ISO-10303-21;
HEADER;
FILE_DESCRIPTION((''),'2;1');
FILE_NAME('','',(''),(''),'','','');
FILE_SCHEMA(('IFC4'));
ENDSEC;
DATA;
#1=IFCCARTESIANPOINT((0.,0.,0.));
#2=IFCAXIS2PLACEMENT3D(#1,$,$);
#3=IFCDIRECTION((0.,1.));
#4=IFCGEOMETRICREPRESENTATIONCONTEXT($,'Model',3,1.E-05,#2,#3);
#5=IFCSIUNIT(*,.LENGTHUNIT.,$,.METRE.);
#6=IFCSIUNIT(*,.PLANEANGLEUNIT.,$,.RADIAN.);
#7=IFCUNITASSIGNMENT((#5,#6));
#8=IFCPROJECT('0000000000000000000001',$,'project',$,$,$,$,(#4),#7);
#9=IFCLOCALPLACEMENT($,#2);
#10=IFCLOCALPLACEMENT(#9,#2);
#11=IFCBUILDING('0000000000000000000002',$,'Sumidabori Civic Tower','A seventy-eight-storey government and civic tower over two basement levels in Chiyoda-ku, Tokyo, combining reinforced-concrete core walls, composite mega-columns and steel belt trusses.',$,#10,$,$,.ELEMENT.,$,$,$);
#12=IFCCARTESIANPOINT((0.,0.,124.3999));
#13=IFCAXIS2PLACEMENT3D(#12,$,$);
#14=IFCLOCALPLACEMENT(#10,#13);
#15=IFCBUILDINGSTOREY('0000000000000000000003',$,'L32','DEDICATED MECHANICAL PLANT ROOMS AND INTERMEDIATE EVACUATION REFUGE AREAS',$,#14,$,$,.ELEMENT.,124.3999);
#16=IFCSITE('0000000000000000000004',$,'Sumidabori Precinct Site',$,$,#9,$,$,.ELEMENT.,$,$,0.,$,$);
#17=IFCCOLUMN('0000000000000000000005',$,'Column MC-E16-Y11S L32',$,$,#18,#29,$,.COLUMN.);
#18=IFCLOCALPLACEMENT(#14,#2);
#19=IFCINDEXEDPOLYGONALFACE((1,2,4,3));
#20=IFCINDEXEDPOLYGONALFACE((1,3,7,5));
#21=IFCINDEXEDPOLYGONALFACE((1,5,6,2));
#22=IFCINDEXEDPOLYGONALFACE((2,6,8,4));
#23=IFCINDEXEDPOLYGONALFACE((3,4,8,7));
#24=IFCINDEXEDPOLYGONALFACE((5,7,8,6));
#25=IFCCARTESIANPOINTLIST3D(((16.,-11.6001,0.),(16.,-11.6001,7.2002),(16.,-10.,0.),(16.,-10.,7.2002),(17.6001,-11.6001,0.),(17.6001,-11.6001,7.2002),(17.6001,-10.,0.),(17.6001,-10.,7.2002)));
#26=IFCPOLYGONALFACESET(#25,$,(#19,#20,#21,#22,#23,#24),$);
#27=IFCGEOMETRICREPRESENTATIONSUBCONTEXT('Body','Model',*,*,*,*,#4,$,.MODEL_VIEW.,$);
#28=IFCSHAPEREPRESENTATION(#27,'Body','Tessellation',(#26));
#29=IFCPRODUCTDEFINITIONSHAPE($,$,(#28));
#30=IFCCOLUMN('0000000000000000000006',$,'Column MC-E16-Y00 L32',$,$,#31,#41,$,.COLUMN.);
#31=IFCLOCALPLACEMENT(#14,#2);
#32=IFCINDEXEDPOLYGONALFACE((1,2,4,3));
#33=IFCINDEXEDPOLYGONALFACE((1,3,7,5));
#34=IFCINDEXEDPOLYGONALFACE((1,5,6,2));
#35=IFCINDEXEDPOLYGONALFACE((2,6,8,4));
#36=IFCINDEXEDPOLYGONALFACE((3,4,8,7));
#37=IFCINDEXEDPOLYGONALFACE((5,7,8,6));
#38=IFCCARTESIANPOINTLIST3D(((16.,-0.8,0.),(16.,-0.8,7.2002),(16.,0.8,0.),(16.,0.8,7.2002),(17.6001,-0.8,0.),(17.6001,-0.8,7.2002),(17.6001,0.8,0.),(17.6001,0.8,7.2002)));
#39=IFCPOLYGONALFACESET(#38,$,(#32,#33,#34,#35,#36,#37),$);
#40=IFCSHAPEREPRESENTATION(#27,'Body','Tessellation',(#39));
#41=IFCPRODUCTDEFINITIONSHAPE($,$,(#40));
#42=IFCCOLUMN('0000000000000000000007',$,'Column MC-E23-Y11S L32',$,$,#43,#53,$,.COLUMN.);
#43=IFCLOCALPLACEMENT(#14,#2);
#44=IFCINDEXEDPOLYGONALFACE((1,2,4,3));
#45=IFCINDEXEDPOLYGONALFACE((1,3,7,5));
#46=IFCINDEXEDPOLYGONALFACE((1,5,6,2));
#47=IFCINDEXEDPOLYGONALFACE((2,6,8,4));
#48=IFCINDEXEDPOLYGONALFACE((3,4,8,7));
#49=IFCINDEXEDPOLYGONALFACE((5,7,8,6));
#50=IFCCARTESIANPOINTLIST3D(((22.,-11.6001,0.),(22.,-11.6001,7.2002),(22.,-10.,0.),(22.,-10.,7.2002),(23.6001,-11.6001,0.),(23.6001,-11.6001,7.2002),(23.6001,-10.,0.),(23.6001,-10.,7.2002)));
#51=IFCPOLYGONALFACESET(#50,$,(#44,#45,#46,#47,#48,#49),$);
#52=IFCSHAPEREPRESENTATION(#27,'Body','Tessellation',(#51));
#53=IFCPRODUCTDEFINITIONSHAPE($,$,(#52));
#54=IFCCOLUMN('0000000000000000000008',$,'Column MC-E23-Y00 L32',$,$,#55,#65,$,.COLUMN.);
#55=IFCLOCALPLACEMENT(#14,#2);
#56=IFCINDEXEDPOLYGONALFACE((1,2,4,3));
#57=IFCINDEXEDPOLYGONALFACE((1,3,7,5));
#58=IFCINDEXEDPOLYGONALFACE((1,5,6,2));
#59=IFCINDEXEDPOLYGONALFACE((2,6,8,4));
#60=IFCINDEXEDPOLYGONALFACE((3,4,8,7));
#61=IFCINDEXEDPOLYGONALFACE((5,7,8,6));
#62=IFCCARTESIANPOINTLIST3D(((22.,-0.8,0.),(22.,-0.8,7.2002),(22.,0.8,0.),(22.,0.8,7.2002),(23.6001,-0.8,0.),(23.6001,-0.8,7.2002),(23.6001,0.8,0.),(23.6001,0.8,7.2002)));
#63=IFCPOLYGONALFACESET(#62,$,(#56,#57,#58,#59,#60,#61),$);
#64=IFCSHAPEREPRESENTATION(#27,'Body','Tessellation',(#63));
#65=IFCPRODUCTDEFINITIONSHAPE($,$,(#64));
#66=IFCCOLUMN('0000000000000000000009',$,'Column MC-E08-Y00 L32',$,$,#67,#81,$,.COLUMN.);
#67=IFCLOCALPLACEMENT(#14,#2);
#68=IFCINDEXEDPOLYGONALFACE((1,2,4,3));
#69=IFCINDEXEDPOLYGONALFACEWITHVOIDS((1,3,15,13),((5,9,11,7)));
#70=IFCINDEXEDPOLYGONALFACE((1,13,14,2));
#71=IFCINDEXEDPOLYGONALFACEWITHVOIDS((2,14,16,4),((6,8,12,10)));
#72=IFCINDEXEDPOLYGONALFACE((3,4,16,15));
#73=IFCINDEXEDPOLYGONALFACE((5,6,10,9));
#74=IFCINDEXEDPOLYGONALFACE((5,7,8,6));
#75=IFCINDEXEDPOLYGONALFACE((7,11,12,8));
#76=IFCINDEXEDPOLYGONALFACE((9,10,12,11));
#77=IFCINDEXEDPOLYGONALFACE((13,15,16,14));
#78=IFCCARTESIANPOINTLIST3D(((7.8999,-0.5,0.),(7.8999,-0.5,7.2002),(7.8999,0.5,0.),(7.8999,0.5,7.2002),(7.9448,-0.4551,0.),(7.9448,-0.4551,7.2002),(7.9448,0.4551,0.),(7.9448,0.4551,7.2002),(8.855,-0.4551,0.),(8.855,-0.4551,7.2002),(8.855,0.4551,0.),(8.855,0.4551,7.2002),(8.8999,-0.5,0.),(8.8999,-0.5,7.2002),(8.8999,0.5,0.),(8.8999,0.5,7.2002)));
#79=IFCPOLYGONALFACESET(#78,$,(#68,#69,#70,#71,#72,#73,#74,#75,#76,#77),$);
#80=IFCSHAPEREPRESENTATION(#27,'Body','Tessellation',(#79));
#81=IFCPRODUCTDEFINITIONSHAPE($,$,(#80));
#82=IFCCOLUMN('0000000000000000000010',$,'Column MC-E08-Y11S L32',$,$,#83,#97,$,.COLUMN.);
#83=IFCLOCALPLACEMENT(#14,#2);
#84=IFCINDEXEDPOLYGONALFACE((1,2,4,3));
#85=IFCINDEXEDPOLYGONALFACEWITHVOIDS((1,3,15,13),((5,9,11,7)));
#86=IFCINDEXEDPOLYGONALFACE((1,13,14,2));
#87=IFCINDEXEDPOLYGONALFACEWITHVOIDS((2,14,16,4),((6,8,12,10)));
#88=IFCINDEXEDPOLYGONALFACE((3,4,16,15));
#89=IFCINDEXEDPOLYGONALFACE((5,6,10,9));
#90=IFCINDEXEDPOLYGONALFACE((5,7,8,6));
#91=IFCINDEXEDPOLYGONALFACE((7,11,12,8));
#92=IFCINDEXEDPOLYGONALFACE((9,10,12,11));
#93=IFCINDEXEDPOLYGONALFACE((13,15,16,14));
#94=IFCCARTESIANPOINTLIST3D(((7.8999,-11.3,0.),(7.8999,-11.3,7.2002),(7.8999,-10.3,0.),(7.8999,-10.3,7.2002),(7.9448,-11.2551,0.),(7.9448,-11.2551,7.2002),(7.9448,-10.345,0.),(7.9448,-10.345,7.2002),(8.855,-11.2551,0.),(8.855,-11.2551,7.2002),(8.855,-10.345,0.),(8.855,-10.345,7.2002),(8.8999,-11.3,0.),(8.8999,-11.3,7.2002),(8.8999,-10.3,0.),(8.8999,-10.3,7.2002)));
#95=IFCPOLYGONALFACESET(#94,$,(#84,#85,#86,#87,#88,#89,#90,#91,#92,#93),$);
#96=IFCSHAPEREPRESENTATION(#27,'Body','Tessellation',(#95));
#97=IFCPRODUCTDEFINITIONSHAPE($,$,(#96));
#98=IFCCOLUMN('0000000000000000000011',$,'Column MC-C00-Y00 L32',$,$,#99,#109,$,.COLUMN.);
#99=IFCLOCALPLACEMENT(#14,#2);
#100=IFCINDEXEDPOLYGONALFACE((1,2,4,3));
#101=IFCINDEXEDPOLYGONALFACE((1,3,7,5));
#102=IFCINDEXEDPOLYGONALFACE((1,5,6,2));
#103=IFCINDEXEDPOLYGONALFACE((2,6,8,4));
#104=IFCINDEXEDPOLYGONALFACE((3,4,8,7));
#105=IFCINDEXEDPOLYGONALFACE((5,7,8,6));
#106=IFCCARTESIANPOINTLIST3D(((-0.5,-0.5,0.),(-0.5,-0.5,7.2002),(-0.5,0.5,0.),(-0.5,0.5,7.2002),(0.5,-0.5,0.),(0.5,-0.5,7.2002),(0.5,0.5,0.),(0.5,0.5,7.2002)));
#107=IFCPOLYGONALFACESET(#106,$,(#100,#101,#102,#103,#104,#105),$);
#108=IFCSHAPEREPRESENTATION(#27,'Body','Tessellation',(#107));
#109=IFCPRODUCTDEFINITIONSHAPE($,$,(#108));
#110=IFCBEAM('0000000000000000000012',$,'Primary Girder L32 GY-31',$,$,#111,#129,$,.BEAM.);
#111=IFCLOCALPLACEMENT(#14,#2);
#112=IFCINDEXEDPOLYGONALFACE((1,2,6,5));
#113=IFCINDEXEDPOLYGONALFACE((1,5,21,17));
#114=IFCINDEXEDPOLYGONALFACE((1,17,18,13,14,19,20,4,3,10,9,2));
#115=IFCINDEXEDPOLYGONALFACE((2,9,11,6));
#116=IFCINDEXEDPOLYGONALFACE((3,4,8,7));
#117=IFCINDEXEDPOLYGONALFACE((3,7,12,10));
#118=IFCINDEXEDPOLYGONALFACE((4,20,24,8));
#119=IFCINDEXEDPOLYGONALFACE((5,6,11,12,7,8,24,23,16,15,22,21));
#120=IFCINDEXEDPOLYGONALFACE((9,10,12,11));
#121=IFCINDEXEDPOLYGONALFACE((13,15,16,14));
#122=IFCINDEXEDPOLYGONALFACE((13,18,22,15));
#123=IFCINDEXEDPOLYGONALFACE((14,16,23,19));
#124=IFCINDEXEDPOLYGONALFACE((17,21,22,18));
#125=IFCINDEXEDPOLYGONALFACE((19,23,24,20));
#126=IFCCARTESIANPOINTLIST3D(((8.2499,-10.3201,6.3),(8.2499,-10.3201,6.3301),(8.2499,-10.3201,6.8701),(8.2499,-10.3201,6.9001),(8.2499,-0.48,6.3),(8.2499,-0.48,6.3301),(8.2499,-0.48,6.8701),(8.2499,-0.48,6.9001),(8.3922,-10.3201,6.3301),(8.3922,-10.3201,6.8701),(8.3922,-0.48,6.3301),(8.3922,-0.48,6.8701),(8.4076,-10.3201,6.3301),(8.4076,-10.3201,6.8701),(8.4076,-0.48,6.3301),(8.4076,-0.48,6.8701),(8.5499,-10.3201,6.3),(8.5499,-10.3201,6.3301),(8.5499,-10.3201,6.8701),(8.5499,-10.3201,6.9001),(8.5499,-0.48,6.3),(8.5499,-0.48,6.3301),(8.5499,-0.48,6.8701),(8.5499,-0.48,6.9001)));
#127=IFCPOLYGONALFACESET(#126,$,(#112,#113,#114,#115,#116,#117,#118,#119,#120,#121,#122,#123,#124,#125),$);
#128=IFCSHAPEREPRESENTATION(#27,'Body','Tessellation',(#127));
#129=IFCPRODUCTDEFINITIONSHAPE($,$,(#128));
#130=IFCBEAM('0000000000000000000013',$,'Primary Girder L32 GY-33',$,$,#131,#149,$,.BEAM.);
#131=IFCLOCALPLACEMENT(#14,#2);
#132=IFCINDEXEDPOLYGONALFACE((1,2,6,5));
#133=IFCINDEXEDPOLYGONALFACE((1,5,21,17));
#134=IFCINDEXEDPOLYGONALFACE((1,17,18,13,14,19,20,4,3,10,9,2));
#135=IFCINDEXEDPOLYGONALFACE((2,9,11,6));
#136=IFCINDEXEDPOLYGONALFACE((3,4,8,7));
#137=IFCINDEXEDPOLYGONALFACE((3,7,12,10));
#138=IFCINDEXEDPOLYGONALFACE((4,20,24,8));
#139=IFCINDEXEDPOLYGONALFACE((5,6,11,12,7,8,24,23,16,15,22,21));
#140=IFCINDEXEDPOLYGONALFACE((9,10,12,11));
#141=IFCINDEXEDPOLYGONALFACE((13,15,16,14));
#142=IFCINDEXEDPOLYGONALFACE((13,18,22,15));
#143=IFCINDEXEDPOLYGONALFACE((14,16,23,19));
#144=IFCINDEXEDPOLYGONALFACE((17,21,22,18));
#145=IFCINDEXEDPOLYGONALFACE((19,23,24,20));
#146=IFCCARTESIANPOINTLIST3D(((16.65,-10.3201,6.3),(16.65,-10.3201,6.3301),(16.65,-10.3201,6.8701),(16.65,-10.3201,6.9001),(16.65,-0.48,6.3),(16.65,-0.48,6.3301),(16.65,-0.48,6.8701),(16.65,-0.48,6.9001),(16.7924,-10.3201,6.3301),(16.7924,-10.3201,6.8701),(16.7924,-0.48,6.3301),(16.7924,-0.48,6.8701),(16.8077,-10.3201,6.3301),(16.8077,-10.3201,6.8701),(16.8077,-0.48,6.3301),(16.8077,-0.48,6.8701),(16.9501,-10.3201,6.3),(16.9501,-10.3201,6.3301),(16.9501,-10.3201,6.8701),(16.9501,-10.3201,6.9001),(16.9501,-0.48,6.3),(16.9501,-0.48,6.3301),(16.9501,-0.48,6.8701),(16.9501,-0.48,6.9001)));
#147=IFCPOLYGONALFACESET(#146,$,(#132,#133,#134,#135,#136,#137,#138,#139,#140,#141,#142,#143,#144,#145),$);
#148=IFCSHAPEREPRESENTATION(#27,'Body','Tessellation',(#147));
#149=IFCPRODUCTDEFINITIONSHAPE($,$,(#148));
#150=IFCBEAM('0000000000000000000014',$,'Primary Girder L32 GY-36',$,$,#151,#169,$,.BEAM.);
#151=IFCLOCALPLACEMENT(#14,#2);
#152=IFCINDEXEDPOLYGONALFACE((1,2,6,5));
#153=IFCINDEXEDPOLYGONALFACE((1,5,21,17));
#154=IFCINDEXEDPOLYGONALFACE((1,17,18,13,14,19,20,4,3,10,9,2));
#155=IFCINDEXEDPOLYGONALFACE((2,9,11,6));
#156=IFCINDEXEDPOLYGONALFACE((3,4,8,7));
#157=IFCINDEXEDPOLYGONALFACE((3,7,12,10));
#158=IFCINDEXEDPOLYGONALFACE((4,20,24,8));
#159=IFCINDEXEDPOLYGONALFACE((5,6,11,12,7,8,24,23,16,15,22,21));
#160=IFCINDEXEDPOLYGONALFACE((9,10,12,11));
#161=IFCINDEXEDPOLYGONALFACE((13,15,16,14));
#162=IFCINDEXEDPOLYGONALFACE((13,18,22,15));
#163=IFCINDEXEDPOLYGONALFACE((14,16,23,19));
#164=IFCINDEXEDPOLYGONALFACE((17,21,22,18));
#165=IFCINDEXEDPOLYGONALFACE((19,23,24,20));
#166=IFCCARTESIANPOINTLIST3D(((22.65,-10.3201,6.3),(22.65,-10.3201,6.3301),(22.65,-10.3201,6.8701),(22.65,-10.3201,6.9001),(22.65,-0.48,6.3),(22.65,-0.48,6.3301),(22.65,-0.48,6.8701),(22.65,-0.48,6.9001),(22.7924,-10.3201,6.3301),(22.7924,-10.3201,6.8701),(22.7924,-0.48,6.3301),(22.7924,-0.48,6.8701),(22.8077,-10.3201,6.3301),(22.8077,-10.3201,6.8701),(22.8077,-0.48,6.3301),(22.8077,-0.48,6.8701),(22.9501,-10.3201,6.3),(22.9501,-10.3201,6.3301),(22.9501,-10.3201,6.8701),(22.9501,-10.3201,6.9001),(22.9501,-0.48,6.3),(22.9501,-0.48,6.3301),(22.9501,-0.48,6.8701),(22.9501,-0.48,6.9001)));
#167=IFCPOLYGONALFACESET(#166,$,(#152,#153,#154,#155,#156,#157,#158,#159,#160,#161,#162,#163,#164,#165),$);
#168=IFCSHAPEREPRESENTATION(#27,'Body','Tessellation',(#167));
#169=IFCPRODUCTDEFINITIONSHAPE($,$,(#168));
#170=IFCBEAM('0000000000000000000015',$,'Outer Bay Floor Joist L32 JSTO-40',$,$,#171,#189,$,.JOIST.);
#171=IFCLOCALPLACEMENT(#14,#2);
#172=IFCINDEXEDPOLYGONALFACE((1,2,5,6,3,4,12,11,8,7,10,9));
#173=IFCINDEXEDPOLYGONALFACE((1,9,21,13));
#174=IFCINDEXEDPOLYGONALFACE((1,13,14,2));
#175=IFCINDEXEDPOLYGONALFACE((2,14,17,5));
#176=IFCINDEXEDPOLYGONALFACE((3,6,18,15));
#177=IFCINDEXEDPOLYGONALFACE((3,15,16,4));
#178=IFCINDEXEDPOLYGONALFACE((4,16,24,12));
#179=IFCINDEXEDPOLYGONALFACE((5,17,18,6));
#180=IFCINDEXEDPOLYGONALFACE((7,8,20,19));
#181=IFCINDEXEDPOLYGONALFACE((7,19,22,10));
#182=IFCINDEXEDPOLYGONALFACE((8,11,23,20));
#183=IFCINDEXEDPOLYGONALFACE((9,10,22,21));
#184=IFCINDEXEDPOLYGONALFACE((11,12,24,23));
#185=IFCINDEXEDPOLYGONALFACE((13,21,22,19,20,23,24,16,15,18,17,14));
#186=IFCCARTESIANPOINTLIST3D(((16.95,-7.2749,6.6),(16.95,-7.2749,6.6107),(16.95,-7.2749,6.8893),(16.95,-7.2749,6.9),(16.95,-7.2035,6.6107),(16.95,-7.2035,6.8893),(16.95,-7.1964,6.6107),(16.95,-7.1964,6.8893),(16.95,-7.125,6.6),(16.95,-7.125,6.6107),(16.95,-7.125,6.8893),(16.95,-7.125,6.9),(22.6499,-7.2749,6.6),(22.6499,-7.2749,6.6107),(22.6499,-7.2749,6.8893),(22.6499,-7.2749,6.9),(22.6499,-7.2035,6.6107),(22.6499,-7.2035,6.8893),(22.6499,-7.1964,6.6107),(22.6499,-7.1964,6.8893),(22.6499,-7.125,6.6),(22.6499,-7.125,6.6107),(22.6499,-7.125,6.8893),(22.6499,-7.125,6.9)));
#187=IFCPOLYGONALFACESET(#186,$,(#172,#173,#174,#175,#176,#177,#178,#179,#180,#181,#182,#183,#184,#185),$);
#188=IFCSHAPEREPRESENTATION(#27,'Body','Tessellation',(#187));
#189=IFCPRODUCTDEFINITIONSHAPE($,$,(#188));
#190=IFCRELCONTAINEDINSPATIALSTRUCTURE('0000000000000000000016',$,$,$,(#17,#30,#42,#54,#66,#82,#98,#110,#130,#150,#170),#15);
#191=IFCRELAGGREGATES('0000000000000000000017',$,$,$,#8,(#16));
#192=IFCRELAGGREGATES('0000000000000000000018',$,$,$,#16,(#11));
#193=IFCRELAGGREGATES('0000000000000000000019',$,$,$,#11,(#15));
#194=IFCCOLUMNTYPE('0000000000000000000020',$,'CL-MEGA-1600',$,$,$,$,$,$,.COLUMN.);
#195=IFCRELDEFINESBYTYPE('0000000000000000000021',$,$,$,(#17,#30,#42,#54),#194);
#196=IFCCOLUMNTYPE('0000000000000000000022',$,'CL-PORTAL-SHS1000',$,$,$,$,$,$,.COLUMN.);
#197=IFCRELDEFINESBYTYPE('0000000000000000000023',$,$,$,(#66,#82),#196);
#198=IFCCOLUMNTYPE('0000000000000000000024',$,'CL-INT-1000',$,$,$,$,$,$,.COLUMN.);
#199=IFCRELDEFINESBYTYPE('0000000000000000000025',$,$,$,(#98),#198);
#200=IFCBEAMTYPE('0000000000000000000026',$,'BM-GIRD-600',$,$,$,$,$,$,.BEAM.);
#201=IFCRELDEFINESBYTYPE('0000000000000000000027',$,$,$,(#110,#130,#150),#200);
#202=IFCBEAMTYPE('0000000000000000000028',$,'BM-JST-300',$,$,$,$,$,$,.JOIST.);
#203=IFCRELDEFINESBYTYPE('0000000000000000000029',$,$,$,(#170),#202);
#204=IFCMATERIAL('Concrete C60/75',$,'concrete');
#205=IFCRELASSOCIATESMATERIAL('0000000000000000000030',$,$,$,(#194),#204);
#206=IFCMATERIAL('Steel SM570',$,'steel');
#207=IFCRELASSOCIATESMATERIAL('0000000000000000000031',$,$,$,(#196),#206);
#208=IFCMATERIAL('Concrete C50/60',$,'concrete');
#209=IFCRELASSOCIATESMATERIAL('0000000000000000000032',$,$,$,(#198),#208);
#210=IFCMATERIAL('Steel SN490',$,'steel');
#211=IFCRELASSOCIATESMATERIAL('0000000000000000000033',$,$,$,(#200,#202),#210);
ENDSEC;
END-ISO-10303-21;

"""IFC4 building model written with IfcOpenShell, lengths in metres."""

from ifc_helpers import new_model, si_unit, direction, frame, origin, origin_with_axes, origin_2d, place, context, subcontext, project, spatial, rectangle, hollow_rectangle, i_section, extrude, source, transform, mapped, material, material_profile, profile_set, type_object, element, save


model = new_model("IFC4")

# Units and contexts
model_context = context("Model", 3, precision=1e-05, world=origin(), true_north=direction((0.0, 1.0)))
body_context = subcontext(model_context, "Body", "Model", "MODEL_VIEW")
ifc_project = project(units=[si_unit("LENGTHUNIT", "METRE"), si_unit("PLANEANGLEUNIT", "RADIAN")], contexts=[model_context])

# Site, building, storey
site_placement = place(None, origin())
site = spatial("IfcSite", under=ifc_project, at=site_placement, Name="Sumidabori Precinct Site", CompositionType="ELEMENT", RefElevation=0.0)
building_placement = place(site_placement, origin())
building = spatial("IfcBuilding", under=site, at=building_placement, Name="Sumidabori Civic Tower", Description="A seventy-eight-storey government and civic tower over two basement levels in Chiyoda-ku, Tokyo, combining reinforced-concrete core walls, composite mega-columns and steel belt trusses.", CompositionType="ELEMENT")
storey_placement = place(building_placement, frame((0.0, 0.0, 124.3999)))
storey = spatial("IfcBuildingStorey", under=building, at=storey_placement, Name="L32", Description="DEDICATED MECHANICAL PLANT ROOMS AND INTERMEDIATE EVACUATION REFUGE AREAS", CompositionType="ELEMENT", Elevation=124.3999)

# Columns
ifc_material_1 = material(Name="Concrete C60/75", Category="concrete")
ifc_material_profile_1 = material_profile(ifc_material_1, rectangle(XDim=1.6001, YDim=1.6001, at=origin_2d()), Name="RC 1600x1600")
ifc_profile_set_1 = profile_set([ifc_material_profile_1], Name="Concrete C60/75")
column_type_1 = type_object("IfcColumnType", Name="CL-MEGA-1600", PredefinedType="COLUMN", material=ifc_profile_set_1)
shared_shape_1 = source(origin(), body_context, "Body", "SweptSolid", [
    extrude(rectangle(XDim=1.6001, YDim=1.6001, at=origin_2d()), origin(), (0.0, 0.0, 1.0), 7.2002),
])
for number, where, z_axis, x_axis, name in (
    (1, (16.8, -10.8, 0.0), (0.0, 0.0, 1.0), (1.0, 0.0, 0.0), "Column MC-E16-Y11S L32"),
    (2, (16.8, 0.0, 0.0), (0.0, 0.0, 1.0), (1.0, 0.0, 0.0), "Column MC-E16-Y00 L32"),
    (3, (22.8, -10.8, 0.0), (0.0, 0.0, 1.0), (1.0, 0.0, 0.0), "Column MC-E23-Y11S L32"),
    (4, (22.8, 0.0, 0.0), (0.0, 0.0, 1.0), (1.0, 0.0, 0.0), "Column MC-E23-Y00 L32"),
):
    element("IfcColumn", number, at=place(storey_placement, frame(where, z_axis=z_axis, x_axis=x_axis)), inside=storey, type_object=column_type_1, Name=name, PredefinedType="COLUMN", context=body_context, shape_type="MappedRepresentation", body=[
        mapped(shared_shape_1, transform((0.0, 0.0, 0.0), x_axis=(1.0, 0.0, 0.0), y_axis=(0.0, 1.0, 0.0), z_axis=(0.0, 0.0, 1.0), scale=1.0)),
    ])
ifc_material_2 = material(Name="Steel SM570", Category="steel")
ifc_material_profile_2 = material_profile(ifc_material_2, hollow_rectangle(XDim=1.0, YDim=1.0, WallThickness=0.0449, at=origin_2d()), Name="SHS 1000x1000x45")
ifc_profile_set_2 = profile_set([ifc_material_profile_2], Name="Steel SM570")
column_type_2 = type_object("IfcColumnType", Name="CL-PORTAL-SHS1000", PredefinedType="COLUMN", material=ifc_profile_set_2)
shared_shape_2 = source(origin(), body_context, "Body", "SweptSolid", [
    extrude(hollow_rectangle(XDim=1.0, YDim=1.0, WallThickness=0.0449, at=origin_2d()), origin(), (0.0, 0.0, 1.0), 7.2002),
])
for number, where, z_axis, x_axis, name in (
    (5, (8.3999, 0.0, 0.0), (0.0, 0.0, 1.0), (1.0, 0.0, 0.0), "Column MC-E08-Y00 L32"),
    (6, (8.3999, -10.8, 0.0), (0.0, 0.0, 1.0), (1.0, 0.0, 0.0), "Column MC-E08-Y11S L32"),
):
    element("IfcColumn", number, at=place(storey_placement, frame(where, z_axis=z_axis, x_axis=x_axis)), inside=storey, type_object=column_type_2, Name=name, PredefinedType="COLUMN", context=body_context, shape_type="MappedRepresentation", body=[
        mapped(shared_shape_2, transform((0.0, 0.0, 0.0), x_axis=(1.0, 0.0, 0.0), y_axis=(0.0, 1.0, 0.0), z_axis=(0.0, 0.0, 1.0), scale=1.0)),
    ])
ifc_material_3 = material(Name="Concrete C50/60", Category="concrete")
ifc_material_profile_3 = material_profile(ifc_material_3, rectangle(XDim=1.0, YDim=1.0, at=origin_2d()), Name="RC 1000x1000")
ifc_profile_set_3 = profile_set([ifc_material_profile_3], Name="Concrete C50/60")
column_type_3 = type_object("IfcColumnType", Name="CL-INT-1000", PredefinedType="COLUMN", material=ifc_profile_set_3)
shared_shape_3 = source(origin(), body_context, "Body", "SweptSolid", [
    extrude(rectangle(XDim=1.0, YDim=1.0, at=origin_2d()), origin(), (0.0, 0.0, 1.0), 7.2002),
])
column_placement = place(storey_placement, origin_with_axes())
element("IfcColumn", 7, at=column_placement, inside=storey, type_object=column_type_3, Name="Column MC-C00-Y00 L32", PredefinedType="COLUMN", context=body_context, shape_type="MappedRepresentation", body=[
    mapped(shared_shape_3, transform((0.0, 0.0, 0.0), x_axis=(1.0, 0.0, 0.0), y_axis=(0.0, 1.0, 0.0), z_axis=(0.0, 0.0, 1.0), scale=1.0)),
])

# Beams
ifc_material_4 = material(Name="Steel SN490", Category="steel")
ifc_material_profile_4 = material_profile(ifc_material_4, i_section(OverallWidth=0.3, OverallDepth=0.6001, WebThickness=0.0154, FlangeThickness=0.03, at=origin_2d()), Name="HE 600 B")
ifc_profile_set_4 = profile_set([ifc_material_profile_4], Name="Steel SN490")
beam_type_1 = type_object("IfcBeamType", Name="BM-GIRD-600", PredefinedType="BEAM", material=ifc_profile_set_4)
shared_shape_4 = source(origin(), body_context, "Body", "SweptSolid", [
    extrude(i_section(OverallWidth=0.3, OverallDepth=0.6001, WebThickness=0.0154, FlangeThickness=0.03, at=origin_2d()), origin(), (0.0, 0.0, 1.0), 9.8401),
])
for number, where, z_axis, x_axis, name in (
    (8, (8.3999, -10.3201, 6.6001), (0.0, 1.0, 0.0), (-1.0, 0.0, 0.0), "Primary Girder L32 GY-31"),
    (9, (16.8, -10.3201, 6.6001), (0.0, 1.0, 0.0), (-1.0, 0.0, 0.0), "Primary Girder L32 GY-33"),
    (10, (22.8, -10.3201, 6.6001), (0.0, 1.0, 0.0), (-1.0, 0.0, 0.0), "Primary Girder L32 GY-36"),
):
    element("IfcBeam", number, at=place(storey_placement, frame(where, z_axis=z_axis, x_axis=x_axis)), inside=storey, type_object=beam_type_1, Name=name, PredefinedType="BEAM", context=body_context, shape_type="MappedRepresentation", body=[
        mapped(shared_shape_4, transform((0.0, 0.0, 0.0), x_axis=(1.0, 0.0, 0.0), y_axis=(0.0, 1.0, 0.0), z_axis=(0.0, 0.0, 1.0), scale=1.0)),
    ])
ifc_material_profile_5 = material_profile(ifc_material_4, i_section(OverallWidth=0.1499, OverallDepth=0.3, WebThickness=0.0071, FlangeThickness=0.0107, at=origin_2d()), Name="IPE 300")
ifc_profile_set_5 = profile_set([ifc_material_profile_5], Name="Steel SN490")
beam_type_2 = type_object("IfcBeamType", Name="BM-JST-300", PredefinedType="JOIST", material=ifc_profile_set_5)
shared_shape_5 = source(origin(), body_context, "Body", "SweptSolid", [
    extrude(i_section(OverallWidth=0.1499, OverallDepth=0.3, WebThickness=0.0071, FlangeThickness=0.0107, at=origin_2d()), origin(), (0.0, 0.0, 1.0), 5.7),
])
for number, where, z_axis, x_axis, name in (
    (11, (16.95, -7.2, 6.75), (1.0, 0.0, 0.0), (0.0, 1.0, 0.0), "Outer Bay Floor Joist L32 JSTO-40"),
):
    element("IfcBeam", number, at=place(storey_placement, frame(where, z_axis=z_axis, x_axis=x_axis)), inside=storey, type_object=beam_type_2, Name=name, PredefinedType="JOIST", context=body_context, shape_type="MappedRepresentation", body=[
        mapped(shared_shape_5, transform((0.0, 0.0, 0.0), x_axis=(1.0, 0.0, 0.0), y_axis=(0.0, 1.0, 0.0), z_axis=(0.0, 0.0, 1.0), scale=1.0)),
    ])

save(model, "model.ifc")
